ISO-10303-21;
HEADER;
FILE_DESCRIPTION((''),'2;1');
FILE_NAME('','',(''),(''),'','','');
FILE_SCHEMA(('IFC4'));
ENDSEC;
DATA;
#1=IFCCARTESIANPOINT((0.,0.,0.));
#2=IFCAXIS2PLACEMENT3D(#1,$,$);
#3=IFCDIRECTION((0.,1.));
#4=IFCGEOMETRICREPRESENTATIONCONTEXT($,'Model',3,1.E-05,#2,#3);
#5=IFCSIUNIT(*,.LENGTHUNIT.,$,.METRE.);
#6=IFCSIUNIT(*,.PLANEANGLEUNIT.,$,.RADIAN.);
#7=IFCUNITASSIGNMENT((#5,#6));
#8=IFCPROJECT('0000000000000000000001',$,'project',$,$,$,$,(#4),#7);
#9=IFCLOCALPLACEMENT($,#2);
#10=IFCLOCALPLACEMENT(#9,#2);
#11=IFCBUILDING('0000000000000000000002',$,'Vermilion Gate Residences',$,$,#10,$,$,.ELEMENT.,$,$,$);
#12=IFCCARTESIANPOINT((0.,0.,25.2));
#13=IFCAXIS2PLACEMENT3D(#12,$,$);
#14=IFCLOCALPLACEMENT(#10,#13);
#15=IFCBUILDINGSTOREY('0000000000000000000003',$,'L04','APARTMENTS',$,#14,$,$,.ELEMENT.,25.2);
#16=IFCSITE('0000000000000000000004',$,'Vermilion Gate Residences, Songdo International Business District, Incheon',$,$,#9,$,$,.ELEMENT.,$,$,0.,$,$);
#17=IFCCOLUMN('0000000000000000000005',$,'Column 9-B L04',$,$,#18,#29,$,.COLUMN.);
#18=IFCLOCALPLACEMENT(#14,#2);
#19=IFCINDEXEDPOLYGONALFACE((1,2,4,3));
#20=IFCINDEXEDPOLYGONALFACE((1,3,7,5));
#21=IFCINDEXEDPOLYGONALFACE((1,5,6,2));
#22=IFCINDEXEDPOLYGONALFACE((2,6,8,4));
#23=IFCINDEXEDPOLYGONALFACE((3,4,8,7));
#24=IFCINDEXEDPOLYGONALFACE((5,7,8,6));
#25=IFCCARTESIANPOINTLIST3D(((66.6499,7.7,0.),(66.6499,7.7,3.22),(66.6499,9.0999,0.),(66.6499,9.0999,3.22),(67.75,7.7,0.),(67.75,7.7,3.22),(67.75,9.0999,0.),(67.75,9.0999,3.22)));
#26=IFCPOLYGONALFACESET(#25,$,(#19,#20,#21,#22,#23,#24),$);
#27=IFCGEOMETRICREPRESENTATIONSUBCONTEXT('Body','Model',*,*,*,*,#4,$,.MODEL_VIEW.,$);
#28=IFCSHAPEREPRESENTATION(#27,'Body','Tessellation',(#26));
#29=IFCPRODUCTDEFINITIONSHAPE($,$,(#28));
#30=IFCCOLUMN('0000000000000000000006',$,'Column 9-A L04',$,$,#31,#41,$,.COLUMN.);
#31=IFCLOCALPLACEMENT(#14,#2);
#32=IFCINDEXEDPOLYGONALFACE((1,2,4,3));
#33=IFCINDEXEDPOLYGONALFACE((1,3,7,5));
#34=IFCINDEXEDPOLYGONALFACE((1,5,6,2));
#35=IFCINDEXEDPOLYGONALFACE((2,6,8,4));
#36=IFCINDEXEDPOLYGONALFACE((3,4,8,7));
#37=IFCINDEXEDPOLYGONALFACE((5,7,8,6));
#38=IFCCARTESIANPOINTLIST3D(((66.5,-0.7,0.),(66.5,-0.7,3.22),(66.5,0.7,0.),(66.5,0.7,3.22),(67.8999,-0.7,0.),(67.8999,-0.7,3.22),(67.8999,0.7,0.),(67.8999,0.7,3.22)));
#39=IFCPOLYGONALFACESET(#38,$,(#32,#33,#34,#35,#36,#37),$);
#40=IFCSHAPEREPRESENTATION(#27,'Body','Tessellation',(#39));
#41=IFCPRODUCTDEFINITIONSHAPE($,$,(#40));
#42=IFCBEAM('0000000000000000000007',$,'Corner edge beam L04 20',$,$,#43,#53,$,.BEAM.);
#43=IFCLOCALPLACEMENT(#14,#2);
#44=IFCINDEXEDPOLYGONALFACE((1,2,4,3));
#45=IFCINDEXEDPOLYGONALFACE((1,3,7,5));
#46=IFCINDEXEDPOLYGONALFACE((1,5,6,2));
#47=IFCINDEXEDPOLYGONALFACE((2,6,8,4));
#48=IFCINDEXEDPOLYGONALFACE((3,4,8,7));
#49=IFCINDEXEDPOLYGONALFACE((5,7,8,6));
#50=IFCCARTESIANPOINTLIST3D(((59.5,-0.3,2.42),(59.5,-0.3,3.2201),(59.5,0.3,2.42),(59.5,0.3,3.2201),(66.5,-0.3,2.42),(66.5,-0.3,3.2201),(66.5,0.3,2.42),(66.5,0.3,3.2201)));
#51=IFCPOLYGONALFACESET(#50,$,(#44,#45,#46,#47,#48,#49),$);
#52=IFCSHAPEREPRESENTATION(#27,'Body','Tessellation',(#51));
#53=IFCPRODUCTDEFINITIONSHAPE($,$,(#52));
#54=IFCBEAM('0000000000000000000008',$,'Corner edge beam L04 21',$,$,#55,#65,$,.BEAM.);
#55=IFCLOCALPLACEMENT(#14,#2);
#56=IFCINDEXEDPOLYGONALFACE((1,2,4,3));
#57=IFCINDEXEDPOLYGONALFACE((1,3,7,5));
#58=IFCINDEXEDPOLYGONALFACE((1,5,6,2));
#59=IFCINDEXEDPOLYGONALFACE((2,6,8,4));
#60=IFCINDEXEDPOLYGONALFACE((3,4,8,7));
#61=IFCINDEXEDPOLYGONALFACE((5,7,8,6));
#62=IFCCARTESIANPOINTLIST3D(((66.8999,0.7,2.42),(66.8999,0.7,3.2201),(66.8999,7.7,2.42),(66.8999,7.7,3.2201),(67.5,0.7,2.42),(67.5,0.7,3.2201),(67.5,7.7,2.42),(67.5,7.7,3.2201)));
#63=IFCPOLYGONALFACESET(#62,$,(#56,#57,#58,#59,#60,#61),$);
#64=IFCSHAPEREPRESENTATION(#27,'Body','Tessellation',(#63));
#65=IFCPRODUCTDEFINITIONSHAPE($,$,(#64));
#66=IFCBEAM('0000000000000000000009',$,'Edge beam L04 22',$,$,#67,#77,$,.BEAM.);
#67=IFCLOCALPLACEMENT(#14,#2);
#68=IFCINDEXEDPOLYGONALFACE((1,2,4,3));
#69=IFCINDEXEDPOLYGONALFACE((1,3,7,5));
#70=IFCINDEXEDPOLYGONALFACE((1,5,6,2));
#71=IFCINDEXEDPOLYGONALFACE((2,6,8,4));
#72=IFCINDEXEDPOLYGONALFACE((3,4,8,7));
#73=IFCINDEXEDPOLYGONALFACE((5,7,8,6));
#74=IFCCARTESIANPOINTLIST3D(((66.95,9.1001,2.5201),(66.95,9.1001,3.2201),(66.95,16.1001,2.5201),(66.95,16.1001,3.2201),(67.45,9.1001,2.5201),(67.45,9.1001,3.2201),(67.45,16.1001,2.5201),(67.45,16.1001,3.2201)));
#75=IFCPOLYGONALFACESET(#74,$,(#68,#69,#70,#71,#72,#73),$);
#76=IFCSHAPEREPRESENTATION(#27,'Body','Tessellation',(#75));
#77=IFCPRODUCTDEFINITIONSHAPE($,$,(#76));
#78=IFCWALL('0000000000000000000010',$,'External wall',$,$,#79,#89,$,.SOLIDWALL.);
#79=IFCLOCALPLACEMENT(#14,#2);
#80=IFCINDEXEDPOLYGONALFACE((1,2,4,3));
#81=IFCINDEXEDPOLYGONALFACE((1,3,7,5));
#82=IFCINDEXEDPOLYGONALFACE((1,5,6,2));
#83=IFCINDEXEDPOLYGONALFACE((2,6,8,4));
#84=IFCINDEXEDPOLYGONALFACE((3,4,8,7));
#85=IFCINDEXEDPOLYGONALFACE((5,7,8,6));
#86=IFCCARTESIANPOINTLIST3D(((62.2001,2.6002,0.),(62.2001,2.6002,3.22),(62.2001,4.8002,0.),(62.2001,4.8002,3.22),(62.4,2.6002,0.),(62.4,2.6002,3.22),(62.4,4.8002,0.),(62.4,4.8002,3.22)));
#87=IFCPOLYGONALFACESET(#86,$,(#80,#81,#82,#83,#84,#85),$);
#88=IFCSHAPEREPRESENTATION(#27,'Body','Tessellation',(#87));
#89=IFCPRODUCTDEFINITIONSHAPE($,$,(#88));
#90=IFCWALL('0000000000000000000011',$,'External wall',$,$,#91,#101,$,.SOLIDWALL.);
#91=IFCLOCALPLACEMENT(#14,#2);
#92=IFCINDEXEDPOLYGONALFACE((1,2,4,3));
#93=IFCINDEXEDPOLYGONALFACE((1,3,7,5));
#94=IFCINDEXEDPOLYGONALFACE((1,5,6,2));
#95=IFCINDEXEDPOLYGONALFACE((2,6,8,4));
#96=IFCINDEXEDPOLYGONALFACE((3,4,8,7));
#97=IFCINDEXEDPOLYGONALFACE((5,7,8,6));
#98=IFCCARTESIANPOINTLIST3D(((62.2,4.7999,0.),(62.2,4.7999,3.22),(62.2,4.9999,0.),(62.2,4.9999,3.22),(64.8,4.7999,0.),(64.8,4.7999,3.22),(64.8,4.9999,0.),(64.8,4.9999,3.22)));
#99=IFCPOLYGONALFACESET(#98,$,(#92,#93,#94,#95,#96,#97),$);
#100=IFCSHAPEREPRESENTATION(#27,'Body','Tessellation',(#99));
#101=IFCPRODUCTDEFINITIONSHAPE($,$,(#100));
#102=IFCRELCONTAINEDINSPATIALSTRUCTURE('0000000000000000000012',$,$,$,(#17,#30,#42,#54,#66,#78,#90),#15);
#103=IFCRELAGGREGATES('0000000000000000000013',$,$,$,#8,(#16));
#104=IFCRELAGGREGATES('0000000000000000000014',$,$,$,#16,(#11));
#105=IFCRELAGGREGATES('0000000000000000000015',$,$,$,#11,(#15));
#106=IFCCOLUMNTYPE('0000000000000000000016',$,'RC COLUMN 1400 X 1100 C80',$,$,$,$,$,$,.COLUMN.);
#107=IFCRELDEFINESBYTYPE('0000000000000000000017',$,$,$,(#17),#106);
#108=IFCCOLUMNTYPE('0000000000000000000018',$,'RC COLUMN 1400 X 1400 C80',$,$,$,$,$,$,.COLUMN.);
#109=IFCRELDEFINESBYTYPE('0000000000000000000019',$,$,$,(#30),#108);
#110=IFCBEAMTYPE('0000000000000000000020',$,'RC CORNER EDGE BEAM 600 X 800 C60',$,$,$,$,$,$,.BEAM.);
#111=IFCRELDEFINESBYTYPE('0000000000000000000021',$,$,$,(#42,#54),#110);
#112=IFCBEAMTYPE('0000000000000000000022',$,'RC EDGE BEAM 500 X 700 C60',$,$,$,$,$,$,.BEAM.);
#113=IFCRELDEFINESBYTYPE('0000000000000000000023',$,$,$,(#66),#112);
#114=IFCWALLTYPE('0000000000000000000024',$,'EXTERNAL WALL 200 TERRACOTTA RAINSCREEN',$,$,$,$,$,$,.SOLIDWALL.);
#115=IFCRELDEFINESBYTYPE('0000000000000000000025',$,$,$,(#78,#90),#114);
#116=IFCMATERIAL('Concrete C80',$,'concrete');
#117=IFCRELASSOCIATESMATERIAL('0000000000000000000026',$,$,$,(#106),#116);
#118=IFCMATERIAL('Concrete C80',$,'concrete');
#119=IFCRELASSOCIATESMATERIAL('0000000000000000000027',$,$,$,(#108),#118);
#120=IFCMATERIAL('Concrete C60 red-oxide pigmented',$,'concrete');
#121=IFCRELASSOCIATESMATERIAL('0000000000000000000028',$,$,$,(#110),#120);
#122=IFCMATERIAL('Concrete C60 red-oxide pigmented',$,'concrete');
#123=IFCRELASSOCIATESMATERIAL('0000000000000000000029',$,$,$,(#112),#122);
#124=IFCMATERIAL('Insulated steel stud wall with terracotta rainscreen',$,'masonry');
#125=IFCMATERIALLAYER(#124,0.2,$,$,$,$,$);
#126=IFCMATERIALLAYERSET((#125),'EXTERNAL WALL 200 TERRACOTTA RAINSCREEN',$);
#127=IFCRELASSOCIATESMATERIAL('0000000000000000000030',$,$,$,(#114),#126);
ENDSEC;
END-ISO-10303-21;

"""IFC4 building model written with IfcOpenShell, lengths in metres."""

from ifc_helpers import new_model, si_unit, direction, frame, frame_2d, origin, origin_2d, place, context, subcontext, project, spatial, rectangle, extrude, material, layer, layer_set, material_profile, profile_set, type_object, element, save


model = new_model("IFC4")

# Units and contexts
model_context = context("Model", 3, precision=1e-05, world=origin(), true_north=direction((0.0, 1.0)))
body_context = subcontext(model_context, "Body", "Model", "MODEL_VIEW")
ifc_project = project(units=[si_unit("LENGTHUNIT", "METRE"), si_unit("PLANEANGLEUNIT", "RADIAN")], contexts=[model_context])

# Site, building, storey
site_placement = place(None, origin())
site = spatial("IfcSite", under=ifc_project, at=site_placement, Name="Vermilion Gate Residences, Songdo International Business District, Incheon", CompositionType="ELEMENT", RefElevation=0.0)
building_placement = place(site_placement, origin())
building = spatial("IfcBuilding", under=site, at=building_placement, Name="Vermilion Gate Residences", CompositionType="ELEMENT")
storey_placement = place(building_placement, frame((0.0, 0.0, 25.2)))
storey = spatial("IfcBuildingStorey", under=building, at=storey_placement, Name="L04", Description="APARTMENTS", CompositionType="ELEMENT", Elevation=25.2)

# Columns
ifc_material_1 = material(Name="Concrete C80", Category="concrete")
ifc_material_profile_1 = material_profile(ifc_material_1, rectangle(XDim=1.3999, YDim=1.1001, at=origin_2d()), Name="RC-1400x1100")
ifc_profile_set_1 = profile_set([ifc_material_profile_1], Name="Concrete C80")
column_type_1 = type_object("IfcColumnType", Name="RC COLUMN 1400 X 1100 C80", PredefinedType="COLUMN", material=ifc_profile_set_1)
column_1_placement = place(storey_placement, frame((67.2, 8.3999, 0.0), z_axis=(0.0, 0.0, 1.0), x_axis=(0.0, 1.0, 0.0)))
element("IfcColumn", 1, at=column_1_placement, inside=storey, type_object=column_type_1, Name="Column 9-B L04", PredefinedType="COLUMN", context=body_context, shape_type="SweptSolid", body=[
    extrude(rectangle(XDim=1.3999, YDim=1.1001, at=origin_2d()), origin(), (0.0, 0.0, 1.0), 3.22),
])
ifc_material_2 = material(Name="Concrete C80", Category="concrete")
ifc_material_profile_2 = material_profile(ifc_material_2, rectangle(XDim=1.3999, YDim=1.3999, at=origin_2d()), Name="RC-1400x1400")
ifc_profile_set_2 = profile_set([ifc_material_profile_2], Name="Concrete C80")
column_type_2 = type_object("IfcColumnType", Name="RC COLUMN 1400 X 1400 C80", PredefinedType="COLUMN", material=ifc_profile_set_2)
column_2_placement = place(storey_placement, frame((67.2, 0.0, 0.0), z_axis=(0.0, 0.0, 1.0), x_axis=(1.0, 0.0, 0.0)))
element("IfcColumn", 2, at=column_2_placement, inside=storey, type_object=column_type_2, Name="Column 9-A L04", PredefinedType="COLUMN", context=body_context, shape_type="SweptSolid", body=[
    extrude(rectangle(XDim=1.3999, YDim=1.3999, at=origin_2d()), origin(), (0.0, 0.0, 1.0), 3.22),
])

# Beams
ifc_material_3 = material(Name="Concrete C60 red-oxide pigmented", Category="concrete")
ifc_material_profile_3 = material_profile(ifc_material_3, rectangle(XDim=0.6001, YDim=0.8, at=origin_2d()), Name="RC-600x800")
ifc_profile_set_3 = profile_set([ifc_material_profile_3], Name="Concrete C60 red-oxide pigmented")
beam_type_1 = type_object("IfcBeamType", Name="RC CORNER EDGE BEAM 600 X 800 C60", PredefinedType="BEAM", material=ifc_profile_set_3)
for number, where, z_axis, x_axis, name in (
    (3, (59.5, 0.0, 2.8201), (1.0, 0.0, 0.0), (0.0, 1.0, 0.0), "Corner edge beam L04 20"),
    (4, (67.2, 0.7, 2.8201), (0.0, 1.0, 0.0), (-1.0, 0.0, 0.0), "Corner edge beam L04 21"),
):
    element("IfcBeam", number, at=place(storey_placement, frame(where, z_axis=z_axis, x_axis=x_axis)), inside=storey, type_object=beam_type_1, Name=name, PredefinedType="BEAM", context=body_context, shape_type="SweptSolid", body=[
        extrude(rectangle(XDim=0.6001, YDim=0.8, at=origin_2d()), origin(), (0.0, 0.0, 1.0), 7.0),
    ])
ifc_material_4 = material(Name="Concrete C60 red-oxide pigmented", Category="concrete")
ifc_material_profile_4 = material_profile(ifc_material_4, rectangle(XDim=0.5, YDim=0.7, at=origin_2d()), Name="RC-500x700")
ifc_profile_set_4 = profile_set([ifc_material_profile_4], Name="Concrete C60 red-oxide pigmented")
beam_type_2 = type_object("IfcBeamType", Name="RC EDGE BEAM 500 X 700 C60", PredefinedType="BEAM", material=ifc_profile_set_4)
beam_placement = place(storey_placement, frame((67.2, 9.1001, 2.8701), z_axis=(0.0, 1.0, 0.0), x_axis=(-1.0, 0.0, 0.0)))
element("IfcBeam", 5, at=beam_placement, inside=storey, type_object=beam_type_2, Name="Edge beam L04 22", PredefinedType="BEAM", context=body_context, shape_type="SweptSolid", body=[
    extrude(rectangle(XDim=0.5, YDim=0.7, at=origin_2d()), origin(), (0.0, 0.0, 1.0), 7.0),
])

# Walls
ifc_material_5 = material(Name="Insulated steel stud wall with terracotta rainscreen", Category="masonry")
ifc_layer_1 = layer(ifc_material_5, 0.2)
ifc_layer_set_1 = layer_set([ifc_layer_1], Name="EXTERNAL WALL 200 TERRACOTTA RAINSCREEN")
wall_type_1 = type_object("IfcWallType", Name="EXTERNAL WALL 200 TERRACOTTA RAINSCREEN", PredefinedType="SOLIDWALL", material=ifc_layer_set_1)
wall_1_placement = place(storey_placement, frame((62.3, 2.6001, 0.0), z_axis=(0.0, 0.0, 1.0), x_axis=(0.0, 1.0, 0.0)))
element("IfcWall", 6, at=wall_1_placement, inside=storey, type_object=wall_type_1, Name="External wall", PredefinedType="SOLIDWALL", context=body_context, shape_type="SweptSolid", body=[
    extrude(rectangle(XDim=2.2, YDim=0.2, at=frame_2d((1.1001, 0.0))), origin(), (0.0, 0.0, 1.0), 3.22),
])
wall_2_placement = place(storey_placement, frame((62.2, 4.8999, 0.0), z_axis=(0.0, 0.0, 1.0), x_axis=(1.0, 0.0, 0.0)))
element("IfcWall", 7, at=wall_2_placement, inside=storey, type_object=wall_type_1, Name="External wall", PredefinedType="SOLIDWALL", context=body_context, shape_type="SweptSolid", body=[
    extrude(rectangle(XDim=2.6001, YDim=0.2, at=frame_2d((1.3, 0.0))), origin(), (0.0, 0.0, 1.0), 3.22),
])

save(model, "model.ifc")
